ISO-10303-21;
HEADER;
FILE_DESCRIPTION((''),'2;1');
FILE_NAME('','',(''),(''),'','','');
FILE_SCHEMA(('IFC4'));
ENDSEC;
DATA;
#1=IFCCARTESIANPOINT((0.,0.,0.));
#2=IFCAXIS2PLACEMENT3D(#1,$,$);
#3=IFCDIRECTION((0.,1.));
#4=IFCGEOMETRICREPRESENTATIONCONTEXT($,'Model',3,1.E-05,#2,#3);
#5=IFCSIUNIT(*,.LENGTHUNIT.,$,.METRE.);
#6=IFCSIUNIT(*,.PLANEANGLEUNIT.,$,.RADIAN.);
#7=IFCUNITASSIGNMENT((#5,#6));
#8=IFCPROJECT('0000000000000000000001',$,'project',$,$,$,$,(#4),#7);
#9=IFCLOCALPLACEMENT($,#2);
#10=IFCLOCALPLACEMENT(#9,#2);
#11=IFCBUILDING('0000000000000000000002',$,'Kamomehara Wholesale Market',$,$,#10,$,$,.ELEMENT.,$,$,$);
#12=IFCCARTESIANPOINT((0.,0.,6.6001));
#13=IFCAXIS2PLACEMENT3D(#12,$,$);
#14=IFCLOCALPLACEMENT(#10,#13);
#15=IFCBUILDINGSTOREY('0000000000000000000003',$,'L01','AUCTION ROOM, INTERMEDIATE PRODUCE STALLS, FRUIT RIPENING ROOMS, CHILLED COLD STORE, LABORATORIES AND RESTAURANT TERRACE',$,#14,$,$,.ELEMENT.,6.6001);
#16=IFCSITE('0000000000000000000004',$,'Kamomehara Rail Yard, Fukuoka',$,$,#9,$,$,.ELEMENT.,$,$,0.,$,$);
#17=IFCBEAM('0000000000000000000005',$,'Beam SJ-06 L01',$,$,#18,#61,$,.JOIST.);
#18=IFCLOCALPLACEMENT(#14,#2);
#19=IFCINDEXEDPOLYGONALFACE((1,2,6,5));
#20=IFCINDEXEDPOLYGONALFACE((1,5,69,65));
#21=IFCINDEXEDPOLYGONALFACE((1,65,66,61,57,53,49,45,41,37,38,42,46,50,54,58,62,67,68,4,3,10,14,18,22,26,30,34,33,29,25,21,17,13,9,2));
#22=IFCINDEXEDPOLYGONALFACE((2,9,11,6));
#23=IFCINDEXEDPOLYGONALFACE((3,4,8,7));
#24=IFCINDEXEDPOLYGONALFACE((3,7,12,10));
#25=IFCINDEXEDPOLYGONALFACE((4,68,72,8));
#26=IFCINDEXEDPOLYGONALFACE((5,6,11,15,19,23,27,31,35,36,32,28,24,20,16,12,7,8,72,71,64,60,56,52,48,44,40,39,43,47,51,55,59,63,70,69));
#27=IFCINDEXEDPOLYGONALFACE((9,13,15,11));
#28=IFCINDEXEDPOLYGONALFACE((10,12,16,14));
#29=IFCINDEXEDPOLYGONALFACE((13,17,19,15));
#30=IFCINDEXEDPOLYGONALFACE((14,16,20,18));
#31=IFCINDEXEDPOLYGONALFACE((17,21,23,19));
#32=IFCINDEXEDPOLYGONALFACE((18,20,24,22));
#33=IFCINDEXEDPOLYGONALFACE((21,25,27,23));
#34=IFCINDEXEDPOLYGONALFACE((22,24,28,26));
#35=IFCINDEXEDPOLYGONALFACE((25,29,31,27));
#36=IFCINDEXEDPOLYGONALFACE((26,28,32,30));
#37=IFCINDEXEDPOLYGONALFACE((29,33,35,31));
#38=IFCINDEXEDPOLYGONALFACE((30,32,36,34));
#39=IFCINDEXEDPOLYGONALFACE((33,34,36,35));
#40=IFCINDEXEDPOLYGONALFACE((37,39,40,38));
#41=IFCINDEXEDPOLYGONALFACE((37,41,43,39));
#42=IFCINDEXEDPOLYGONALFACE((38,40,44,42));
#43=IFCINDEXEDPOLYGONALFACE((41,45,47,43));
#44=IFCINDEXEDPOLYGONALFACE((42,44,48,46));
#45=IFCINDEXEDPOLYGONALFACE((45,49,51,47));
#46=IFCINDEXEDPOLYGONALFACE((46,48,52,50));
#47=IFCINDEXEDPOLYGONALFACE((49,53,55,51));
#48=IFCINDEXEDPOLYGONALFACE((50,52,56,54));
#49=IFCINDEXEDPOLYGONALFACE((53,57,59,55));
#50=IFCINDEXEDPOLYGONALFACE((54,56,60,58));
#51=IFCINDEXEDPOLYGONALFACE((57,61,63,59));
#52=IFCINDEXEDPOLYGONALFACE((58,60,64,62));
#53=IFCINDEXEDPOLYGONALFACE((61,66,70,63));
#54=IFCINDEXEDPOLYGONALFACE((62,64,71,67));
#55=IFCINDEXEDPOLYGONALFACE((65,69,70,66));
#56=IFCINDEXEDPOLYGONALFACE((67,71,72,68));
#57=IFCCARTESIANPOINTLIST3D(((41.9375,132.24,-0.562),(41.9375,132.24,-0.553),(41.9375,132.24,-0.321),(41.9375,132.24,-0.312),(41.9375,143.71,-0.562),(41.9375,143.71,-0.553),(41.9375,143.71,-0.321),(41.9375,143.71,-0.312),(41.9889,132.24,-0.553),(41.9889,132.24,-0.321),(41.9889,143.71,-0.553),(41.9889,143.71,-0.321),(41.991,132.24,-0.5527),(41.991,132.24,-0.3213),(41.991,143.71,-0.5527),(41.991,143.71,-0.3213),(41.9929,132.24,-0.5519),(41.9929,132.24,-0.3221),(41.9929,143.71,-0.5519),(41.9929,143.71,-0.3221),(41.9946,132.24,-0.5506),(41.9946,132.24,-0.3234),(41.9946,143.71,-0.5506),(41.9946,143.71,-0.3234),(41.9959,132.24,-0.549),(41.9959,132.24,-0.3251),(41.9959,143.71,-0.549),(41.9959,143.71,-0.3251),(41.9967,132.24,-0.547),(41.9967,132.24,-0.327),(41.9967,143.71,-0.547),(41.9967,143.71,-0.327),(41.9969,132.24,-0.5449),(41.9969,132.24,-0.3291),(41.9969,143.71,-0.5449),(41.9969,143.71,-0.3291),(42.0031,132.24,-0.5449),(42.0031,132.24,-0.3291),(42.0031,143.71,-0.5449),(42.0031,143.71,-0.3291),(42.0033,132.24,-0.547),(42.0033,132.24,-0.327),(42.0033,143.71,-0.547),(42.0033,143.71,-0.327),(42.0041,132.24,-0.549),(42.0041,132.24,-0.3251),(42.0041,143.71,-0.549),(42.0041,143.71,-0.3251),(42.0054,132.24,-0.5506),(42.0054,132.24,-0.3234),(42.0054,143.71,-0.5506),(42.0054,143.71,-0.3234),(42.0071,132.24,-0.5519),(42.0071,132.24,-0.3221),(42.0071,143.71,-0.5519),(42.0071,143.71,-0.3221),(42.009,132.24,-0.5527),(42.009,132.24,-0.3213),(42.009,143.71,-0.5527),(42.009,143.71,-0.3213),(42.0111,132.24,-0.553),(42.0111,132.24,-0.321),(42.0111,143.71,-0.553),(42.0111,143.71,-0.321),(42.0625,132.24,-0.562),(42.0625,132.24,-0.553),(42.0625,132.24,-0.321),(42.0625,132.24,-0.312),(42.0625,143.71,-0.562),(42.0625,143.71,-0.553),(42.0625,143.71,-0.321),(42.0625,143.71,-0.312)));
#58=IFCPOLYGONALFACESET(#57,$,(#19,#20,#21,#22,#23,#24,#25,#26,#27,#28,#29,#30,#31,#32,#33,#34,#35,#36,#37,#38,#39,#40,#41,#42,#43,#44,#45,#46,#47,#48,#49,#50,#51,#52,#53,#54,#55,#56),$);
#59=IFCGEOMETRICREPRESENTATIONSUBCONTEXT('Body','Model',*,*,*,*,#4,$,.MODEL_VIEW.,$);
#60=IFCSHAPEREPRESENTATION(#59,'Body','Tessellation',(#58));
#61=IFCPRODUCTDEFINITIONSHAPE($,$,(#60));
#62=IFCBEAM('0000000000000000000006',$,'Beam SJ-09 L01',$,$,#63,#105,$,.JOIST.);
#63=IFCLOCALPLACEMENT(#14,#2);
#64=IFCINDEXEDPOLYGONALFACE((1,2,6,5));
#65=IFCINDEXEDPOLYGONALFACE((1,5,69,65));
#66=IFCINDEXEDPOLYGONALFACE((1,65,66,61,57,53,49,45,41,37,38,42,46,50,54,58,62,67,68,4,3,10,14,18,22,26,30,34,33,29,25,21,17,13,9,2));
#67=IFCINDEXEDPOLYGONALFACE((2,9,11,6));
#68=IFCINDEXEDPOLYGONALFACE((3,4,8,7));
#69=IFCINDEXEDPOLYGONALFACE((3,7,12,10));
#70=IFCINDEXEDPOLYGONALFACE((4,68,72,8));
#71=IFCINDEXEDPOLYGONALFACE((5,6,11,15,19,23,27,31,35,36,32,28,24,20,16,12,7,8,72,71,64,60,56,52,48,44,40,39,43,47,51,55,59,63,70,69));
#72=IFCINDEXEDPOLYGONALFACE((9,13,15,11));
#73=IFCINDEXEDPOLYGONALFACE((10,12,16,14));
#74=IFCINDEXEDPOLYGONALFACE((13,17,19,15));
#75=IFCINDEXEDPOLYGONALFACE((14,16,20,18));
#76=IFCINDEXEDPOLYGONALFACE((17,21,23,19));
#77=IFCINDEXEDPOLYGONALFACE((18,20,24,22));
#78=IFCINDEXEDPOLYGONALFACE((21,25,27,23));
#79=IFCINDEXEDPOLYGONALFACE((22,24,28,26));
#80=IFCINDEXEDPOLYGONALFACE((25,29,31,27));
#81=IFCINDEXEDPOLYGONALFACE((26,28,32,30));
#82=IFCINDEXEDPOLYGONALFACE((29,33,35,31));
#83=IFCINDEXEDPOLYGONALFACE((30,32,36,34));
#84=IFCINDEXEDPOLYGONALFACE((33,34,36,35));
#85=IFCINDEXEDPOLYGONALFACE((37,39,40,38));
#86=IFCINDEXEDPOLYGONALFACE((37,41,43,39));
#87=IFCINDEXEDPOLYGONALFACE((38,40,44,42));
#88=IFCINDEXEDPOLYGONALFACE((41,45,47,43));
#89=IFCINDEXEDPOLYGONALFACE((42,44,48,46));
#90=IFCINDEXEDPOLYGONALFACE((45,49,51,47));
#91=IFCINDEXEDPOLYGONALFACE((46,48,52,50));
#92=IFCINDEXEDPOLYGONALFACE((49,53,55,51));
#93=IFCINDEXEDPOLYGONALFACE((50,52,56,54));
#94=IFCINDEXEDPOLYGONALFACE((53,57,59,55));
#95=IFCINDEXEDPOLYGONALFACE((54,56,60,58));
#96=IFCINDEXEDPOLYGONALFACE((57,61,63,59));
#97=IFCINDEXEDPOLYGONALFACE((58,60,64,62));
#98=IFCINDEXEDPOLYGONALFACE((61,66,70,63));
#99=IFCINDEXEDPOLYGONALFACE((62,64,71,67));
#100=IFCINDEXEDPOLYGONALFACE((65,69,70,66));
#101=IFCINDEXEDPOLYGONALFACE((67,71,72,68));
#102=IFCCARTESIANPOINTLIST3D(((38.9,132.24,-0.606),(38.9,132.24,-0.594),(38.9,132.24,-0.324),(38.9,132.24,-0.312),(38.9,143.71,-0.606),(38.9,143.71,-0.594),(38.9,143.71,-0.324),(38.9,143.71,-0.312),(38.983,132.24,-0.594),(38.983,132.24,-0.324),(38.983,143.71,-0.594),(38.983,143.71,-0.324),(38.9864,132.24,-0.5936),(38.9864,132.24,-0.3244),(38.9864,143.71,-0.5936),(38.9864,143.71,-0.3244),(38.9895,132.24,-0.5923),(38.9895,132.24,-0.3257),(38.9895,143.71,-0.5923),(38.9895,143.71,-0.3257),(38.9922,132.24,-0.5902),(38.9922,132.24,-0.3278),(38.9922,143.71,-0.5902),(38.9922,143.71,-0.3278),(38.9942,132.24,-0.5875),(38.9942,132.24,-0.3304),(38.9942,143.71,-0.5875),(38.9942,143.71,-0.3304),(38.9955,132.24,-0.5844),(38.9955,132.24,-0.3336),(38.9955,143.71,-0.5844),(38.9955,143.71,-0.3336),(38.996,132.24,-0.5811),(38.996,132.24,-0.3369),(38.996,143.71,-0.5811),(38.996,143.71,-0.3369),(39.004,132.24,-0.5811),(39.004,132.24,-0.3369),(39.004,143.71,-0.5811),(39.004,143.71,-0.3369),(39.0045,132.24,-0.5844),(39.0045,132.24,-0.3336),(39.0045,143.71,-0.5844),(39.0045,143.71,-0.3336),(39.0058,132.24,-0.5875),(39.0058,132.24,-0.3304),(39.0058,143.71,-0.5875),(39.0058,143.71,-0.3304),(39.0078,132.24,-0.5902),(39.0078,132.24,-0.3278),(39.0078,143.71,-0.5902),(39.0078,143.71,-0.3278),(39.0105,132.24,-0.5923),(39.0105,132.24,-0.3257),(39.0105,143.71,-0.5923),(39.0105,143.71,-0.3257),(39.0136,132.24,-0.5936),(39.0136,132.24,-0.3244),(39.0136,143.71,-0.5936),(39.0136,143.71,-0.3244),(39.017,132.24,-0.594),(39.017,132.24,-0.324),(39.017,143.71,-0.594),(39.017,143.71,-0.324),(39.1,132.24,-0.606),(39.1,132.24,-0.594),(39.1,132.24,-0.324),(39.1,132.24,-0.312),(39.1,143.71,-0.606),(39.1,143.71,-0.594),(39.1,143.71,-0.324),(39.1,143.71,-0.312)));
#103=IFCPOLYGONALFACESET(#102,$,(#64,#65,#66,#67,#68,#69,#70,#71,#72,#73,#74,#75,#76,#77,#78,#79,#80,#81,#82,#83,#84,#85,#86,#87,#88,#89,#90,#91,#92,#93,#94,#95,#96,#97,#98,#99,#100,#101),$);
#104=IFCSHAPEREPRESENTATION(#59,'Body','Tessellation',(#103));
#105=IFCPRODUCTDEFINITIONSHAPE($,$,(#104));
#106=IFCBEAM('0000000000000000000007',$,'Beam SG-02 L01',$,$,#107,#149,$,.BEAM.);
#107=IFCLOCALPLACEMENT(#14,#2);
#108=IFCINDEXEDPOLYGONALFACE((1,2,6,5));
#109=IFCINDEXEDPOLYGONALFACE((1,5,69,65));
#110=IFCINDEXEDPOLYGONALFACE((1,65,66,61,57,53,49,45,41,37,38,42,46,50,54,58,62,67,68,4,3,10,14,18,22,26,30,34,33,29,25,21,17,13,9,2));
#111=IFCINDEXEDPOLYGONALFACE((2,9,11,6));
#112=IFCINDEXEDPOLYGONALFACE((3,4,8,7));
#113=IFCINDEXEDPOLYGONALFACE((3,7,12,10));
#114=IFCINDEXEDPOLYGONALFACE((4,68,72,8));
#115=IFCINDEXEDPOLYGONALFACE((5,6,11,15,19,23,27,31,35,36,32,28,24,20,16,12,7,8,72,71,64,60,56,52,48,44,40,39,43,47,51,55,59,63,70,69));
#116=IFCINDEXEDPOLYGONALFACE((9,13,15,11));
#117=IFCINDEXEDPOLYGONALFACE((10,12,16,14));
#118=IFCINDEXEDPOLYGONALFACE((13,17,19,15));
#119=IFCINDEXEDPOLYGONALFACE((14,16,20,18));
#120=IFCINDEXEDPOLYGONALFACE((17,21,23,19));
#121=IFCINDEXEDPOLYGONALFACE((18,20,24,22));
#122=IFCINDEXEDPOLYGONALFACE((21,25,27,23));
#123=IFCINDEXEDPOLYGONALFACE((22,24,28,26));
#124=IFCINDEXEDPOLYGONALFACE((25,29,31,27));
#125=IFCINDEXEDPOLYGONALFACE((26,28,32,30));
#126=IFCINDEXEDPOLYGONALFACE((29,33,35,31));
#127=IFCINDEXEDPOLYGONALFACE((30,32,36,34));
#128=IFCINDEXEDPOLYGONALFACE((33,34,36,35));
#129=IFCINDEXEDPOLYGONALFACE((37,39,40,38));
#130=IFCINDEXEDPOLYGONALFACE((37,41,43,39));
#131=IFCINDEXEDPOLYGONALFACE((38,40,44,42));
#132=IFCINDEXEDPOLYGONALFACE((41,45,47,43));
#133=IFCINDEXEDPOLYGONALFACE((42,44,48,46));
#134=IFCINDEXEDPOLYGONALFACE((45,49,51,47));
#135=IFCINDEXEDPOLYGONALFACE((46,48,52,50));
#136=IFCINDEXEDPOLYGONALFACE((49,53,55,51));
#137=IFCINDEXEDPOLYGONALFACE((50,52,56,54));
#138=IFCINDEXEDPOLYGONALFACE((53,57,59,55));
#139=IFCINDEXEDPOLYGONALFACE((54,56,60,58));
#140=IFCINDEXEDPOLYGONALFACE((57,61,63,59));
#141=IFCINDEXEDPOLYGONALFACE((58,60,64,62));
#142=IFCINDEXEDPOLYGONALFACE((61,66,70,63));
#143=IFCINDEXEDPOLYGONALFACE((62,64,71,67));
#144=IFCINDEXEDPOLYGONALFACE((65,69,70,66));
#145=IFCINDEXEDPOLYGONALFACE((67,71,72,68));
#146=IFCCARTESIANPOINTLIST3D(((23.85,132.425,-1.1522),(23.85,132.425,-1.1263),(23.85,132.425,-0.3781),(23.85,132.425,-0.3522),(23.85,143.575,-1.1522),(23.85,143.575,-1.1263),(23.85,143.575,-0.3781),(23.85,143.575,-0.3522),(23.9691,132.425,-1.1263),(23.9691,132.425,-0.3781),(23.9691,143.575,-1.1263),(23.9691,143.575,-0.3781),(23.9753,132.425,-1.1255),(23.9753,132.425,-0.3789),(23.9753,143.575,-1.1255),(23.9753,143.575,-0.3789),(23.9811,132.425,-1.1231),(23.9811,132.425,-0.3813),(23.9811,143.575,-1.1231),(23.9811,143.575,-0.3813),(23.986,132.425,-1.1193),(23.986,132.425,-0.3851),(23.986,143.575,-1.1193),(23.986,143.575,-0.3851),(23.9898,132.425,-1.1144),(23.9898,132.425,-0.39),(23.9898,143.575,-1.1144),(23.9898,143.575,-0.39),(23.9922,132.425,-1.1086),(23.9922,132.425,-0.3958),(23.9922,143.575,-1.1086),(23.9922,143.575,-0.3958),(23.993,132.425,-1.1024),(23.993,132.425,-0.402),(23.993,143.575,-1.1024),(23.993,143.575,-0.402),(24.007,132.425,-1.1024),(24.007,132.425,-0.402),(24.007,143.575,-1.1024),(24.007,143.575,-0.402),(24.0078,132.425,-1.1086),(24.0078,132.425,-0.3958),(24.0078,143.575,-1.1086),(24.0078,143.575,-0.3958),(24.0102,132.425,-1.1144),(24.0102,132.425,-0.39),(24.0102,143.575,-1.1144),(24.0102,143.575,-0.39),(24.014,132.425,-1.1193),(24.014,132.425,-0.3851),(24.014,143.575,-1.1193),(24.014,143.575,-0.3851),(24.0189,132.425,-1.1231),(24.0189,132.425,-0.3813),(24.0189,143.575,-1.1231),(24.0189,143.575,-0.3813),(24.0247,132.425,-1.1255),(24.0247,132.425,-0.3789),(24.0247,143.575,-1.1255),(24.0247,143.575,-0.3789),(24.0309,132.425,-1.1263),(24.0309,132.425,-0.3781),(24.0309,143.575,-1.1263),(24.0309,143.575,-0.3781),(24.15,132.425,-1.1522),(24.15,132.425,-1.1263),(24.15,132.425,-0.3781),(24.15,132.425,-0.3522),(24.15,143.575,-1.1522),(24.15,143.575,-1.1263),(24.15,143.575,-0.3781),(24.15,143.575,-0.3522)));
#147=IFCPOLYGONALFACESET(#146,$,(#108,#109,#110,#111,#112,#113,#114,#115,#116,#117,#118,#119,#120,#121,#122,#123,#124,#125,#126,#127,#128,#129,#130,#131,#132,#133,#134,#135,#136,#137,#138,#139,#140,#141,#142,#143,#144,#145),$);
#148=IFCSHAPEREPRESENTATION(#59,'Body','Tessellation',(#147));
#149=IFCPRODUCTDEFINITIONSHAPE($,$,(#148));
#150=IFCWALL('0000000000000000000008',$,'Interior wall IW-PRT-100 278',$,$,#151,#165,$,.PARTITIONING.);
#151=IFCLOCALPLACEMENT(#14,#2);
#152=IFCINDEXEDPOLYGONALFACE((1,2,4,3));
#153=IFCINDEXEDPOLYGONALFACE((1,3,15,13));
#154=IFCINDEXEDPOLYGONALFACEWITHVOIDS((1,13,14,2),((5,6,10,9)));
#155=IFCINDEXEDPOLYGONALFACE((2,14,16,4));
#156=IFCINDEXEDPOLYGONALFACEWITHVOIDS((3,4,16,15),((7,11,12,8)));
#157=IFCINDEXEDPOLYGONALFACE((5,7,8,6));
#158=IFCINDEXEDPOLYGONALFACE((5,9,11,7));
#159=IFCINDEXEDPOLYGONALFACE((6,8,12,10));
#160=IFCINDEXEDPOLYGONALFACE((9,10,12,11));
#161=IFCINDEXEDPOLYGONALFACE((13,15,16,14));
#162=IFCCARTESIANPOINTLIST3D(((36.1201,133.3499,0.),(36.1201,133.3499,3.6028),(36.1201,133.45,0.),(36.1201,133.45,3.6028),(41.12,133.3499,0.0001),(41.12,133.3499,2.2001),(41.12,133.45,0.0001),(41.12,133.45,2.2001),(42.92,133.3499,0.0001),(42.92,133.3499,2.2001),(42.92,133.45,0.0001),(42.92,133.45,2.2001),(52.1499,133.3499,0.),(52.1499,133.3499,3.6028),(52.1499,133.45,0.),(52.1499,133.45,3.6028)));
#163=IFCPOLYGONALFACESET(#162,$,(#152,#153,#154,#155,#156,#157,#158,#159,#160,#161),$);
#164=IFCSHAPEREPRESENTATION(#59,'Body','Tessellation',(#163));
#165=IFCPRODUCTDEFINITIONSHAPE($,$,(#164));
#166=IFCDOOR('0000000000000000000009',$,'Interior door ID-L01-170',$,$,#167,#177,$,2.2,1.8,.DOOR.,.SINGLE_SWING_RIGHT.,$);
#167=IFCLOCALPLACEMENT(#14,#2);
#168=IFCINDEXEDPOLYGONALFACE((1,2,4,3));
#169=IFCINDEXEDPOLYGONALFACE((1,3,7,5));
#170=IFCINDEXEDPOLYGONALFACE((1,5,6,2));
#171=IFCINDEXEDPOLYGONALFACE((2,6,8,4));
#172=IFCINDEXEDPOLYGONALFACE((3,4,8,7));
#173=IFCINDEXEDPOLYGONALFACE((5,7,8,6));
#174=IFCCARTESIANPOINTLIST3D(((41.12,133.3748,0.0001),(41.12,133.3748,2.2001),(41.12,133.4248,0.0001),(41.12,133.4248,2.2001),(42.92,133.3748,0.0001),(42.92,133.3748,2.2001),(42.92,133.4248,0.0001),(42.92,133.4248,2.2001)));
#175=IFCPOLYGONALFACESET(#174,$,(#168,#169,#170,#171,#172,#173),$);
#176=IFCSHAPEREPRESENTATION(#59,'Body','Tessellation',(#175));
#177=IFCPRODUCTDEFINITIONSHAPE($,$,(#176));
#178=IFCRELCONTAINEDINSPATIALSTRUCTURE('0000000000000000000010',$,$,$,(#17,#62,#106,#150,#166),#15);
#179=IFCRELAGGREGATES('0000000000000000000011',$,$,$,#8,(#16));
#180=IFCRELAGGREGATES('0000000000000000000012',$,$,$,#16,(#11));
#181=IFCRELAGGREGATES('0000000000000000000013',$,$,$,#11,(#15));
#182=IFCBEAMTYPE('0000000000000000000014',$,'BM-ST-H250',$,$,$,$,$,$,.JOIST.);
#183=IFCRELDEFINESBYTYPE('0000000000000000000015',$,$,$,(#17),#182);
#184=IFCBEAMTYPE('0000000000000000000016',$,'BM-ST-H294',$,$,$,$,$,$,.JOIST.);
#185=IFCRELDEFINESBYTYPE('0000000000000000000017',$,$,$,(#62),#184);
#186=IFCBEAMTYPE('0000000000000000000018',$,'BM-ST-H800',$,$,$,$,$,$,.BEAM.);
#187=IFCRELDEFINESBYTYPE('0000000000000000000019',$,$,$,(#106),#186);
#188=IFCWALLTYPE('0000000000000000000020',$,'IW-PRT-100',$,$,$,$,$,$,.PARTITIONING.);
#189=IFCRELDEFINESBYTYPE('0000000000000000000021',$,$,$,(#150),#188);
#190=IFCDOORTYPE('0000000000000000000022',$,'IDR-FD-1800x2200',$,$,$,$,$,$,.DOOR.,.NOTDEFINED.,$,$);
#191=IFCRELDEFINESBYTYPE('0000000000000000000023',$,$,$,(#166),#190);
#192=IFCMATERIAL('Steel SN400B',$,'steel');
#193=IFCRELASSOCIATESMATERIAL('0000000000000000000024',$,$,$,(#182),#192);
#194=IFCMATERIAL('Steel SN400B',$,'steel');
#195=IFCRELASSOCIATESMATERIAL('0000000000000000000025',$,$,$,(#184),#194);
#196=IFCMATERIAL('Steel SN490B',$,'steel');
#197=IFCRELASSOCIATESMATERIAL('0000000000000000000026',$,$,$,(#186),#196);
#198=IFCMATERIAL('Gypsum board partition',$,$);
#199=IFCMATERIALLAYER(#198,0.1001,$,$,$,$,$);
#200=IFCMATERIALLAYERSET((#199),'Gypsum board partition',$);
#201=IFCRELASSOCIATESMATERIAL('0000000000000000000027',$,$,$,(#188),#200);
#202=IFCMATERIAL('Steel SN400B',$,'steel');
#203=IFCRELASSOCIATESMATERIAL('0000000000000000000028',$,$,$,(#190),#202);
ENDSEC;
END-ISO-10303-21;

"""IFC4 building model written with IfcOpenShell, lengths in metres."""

from ifc_helpers import new_model, si_unit, direction, frame, frame_2d, origin, origin_2d, place, context, subcontext, project, spatial, rectangle, i_section, extrude, material, layer, layer_set, material_profile, profile_set, type_object, element, fill, save


model = new_model("IFC4")

# Units and contexts
model_context = context("Model", 3, precision=1e-05, world=origin(), true_north=direction((0.0, 1.0)))
body_context = subcontext(model_context, "Body", "Model", "MODEL_VIEW")
ifc_project = project(units=[si_unit("LENGTHUNIT", "METRE"), si_unit("PLANEANGLEUNIT", "RADIAN")], contexts=[model_context])

# Site, building, storey
site_placement = place(None, origin())
site = spatial("IfcSite", under=ifc_project, at=site_placement, Name="Kamomehara Rail Yard, Fukuoka", CompositionType="ELEMENT", RefElevation=0.0)
building_placement = place(site_placement, origin())
building = spatial("IfcBuilding", under=site, at=building_placement, Name="Kamomehara Wholesale Market", CompositionType="ELEMENT")
storey_placement = place(building_placement, frame((0.0, 0.0, 6.6001)))
storey = spatial("IfcBuildingStorey", under=building, at=storey_placement, Name="L01", Description="AUCTION ROOM, INTERMEDIATE PRODUCE STALLS, FRUIT RIPENING ROOMS, CHILLED COLD STORE, LABORATORIES AND RESTAURANT TERRACE", CompositionType="ELEMENT", Elevation=6.6001)

# Beams
ifc_material_1 = material(Name="Steel SN400B", Category="steel")
ifc_material_profile_1 = material_profile(ifc_material_1, i_section(OverallWidth=0.125, OverallDepth=0.25, WebThickness=0.0061, FlangeThickness=0.009, FilletRadius=0.0081, at=origin_2d()), Name="H-250x125x6x9")
ifc_profile_set_1 = profile_set([ifc_material_profile_1], Name="Steel SN400B")
beam_type_1 = type_object("IfcBeamType", Name="BM-ST-H250", PredefinedType="JOIST", material=ifc_profile_set_1)
beam_1_placement = place(storey_placement, frame((42.0, 132.24, -0.437), z_axis=(0.0, 1.0, 0.0), x_axis=(-1.0, 0.0, 0.0)))
element("IfcBeam", 1, at=beam_1_placement, inside=storey, type_object=beam_type_1, Name="Beam SJ-06 L01", PredefinedType="JOIST", context=body_context, shape_type="SweptSolid", body=[
    extrude(i_section(OverallWidth=0.125, OverallDepth=0.25, WebThickness=0.0061, FlangeThickness=0.009, FilletRadius=0.0081, at=origin_2d()), origin(), (0.0, 0.0, 1.0), 11.47),
])
ifc_material_2 = material(Name="Steel SN400B", Category="steel")
ifc_material_profile_2 = material_profile(ifc_material_2, i_section(OverallWidth=0.2, OverallDepth=0.2939, WebThickness=0.0081, FlangeThickness=0.012, FilletRadius=0.0129, at=origin_2d()), Name="H-294x200x8x12")
ifc_profile_set_2 = profile_set([ifc_material_profile_2], Name="Steel SN400B")
beam_type_2 = type_object("IfcBeamType", Name="BM-ST-H294", PredefinedType="JOIST", material=ifc_profile_set_2)
beam_2_placement = place(storey_placement, frame((39.0, 132.24, -0.459), z_axis=(0.0, 1.0, 0.0), x_axis=(-1.0, 0.0, 0.0)))
element("IfcBeam", 2, at=beam_2_placement, inside=storey, type_object=beam_type_2, Name="Beam SJ-09 L01", PredefinedType="JOIST", context=body_context, shape_type="SweptSolid", body=[
    extrude(i_section(OverallWidth=0.2, OverallDepth=0.2939, WebThickness=0.0081, FlangeThickness=0.012, FilletRadius=0.0129, at=origin_2d()), origin(), (0.0, 0.0, 1.0), 11.47),
])
ifc_material_3 = material(Name="Steel SN490B", Category="steel")
ifc_material_profile_3 = material_profile(ifc_material_3, i_section(OverallWidth=0.3, OverallDepth=0.8, WebThickness=0.0139, FlangeThickness=0.0259, FilletRadius=0.0239, at=origin_2d()), Name="H-800x300x14x26")
ifc_profile_set_3 = profile_set([ifc_material_profile_3], Name="Steel SN490B")
beam_type_3 = type_object("IfcBeamType", Name="BM-ST-H800", PredefinedType="BEAM", material=ifc_profile_set_3)
beam_3_placement = place(storey_placement, frame((24.0, 132.425, -0.7522), z_axis=(0.0, 1.0, 0.0), x_axis=(-1.0, 0.0, 0.0)))
element("IfcBeam", 3, at=beam_3_placement, inside=storey, type_object=beam_type_3, Name="Beam SG-02 L01", PredefinedType="BEAM", context=body_context, shape_type="SweptSolid", body=[
    extrude(i_section(OverallWidth=0.3, OverallDepth=0.8, WebThickness=0.0139, FlangeThickness=0.0259, FilletRadius=0.0239, at=origin_2d()), origin(), (0.0, 0.0, 1.0), 11.1499),
])

# Wall, opening, door
ifc_material_4 = material(Name="Gypsum board partition")
ifc_layer_1 = layer(ifc_material_4, 0.1001)
ifc_layer_set_1 = layer_set([ifc_layer_1], Name="Gypsum board partition")
wall_type_1 = type_object("IfcWallType", Name="IW-PRT-100", PredefinedType="PARTITIONING", material=ifc_layer_set_1)
wall_1_placement = place(storey_placement, frame((36.1201, 133.3999, 0.0), z_axis=(0.0, 0.0, 1.0), x_axis=(1.0, 0.0, 0.0)))
wall_1 = element("IfcWall", 4, at=wall_1_placement, inside=storey, type_object=wall_type_1, Name="Interior wall IW-PRT-100 278", PredefinedType="PARTITIONING", context=body_context, shape_type="SweptSolid", body=[
    extrude(rectangle(XDim=16.0298, YDim=0.1001, at=frame_2d((8.0149, 0.0))), origin(), (0.0, 0.0, 1.0), 3.6028),
])
opening_1_placement = place(wall_1_placement, frame((5.0, 0.0, 0.0)))
opening_1 = element("IfcOpeningElement", 5, at=opening_1_placement, cuts=wall_1, PredefinedType="OPENING", context=body_context, shape_type="SweptSolid", body=[
    extrude(rectangle(XDim=1.8, YDim=2.2, at=frame_2d((0.8999, 1.1001))), frame((0.0, 0.0649, 0.0), z_axis=(0.0, -1.0, 0.0), x_axis=(1.0, 0.0, 0.0)), (0.0, 0.0, 1.0), 0.1299),
])
ifc_material_5 = material(Name="Steel SN400B", Category="steel")
door_type = type_object("IfcDoorType", Name="IDR-FD-1800x2200", OperationType="NOTDEFINED", PredefinedType="DOOR", material=ifc_material_5)
door_1_placement = place(opening_1_placement, origin())
door_1 = element("IfcDoor", 6, at=door_1_placement, inside=storey, type_object=door_type, Name="Interior door ID-L01-170", OperationType="SINGLE_SWING_RIGHT", OverallHeight=2.2, OverallWidth=1.8, PredefinedType="DOOR", context=body_context, shape_type="SweptSolid", body=[
    extrude(rectangle(XDim=1.8, YDim=2.2, at=frame_2d((0.8999, 1.1001))), frame((0.0, 0.0249, 0.0), z_axis=(0.0, -1.0, 0.0), x_axis=(1.0, 0.0, 0.0)), (0.0, 0.0, 1.0), 0.05),
])
fill(opening_1, door_1)

save(model, "model.ifc")
